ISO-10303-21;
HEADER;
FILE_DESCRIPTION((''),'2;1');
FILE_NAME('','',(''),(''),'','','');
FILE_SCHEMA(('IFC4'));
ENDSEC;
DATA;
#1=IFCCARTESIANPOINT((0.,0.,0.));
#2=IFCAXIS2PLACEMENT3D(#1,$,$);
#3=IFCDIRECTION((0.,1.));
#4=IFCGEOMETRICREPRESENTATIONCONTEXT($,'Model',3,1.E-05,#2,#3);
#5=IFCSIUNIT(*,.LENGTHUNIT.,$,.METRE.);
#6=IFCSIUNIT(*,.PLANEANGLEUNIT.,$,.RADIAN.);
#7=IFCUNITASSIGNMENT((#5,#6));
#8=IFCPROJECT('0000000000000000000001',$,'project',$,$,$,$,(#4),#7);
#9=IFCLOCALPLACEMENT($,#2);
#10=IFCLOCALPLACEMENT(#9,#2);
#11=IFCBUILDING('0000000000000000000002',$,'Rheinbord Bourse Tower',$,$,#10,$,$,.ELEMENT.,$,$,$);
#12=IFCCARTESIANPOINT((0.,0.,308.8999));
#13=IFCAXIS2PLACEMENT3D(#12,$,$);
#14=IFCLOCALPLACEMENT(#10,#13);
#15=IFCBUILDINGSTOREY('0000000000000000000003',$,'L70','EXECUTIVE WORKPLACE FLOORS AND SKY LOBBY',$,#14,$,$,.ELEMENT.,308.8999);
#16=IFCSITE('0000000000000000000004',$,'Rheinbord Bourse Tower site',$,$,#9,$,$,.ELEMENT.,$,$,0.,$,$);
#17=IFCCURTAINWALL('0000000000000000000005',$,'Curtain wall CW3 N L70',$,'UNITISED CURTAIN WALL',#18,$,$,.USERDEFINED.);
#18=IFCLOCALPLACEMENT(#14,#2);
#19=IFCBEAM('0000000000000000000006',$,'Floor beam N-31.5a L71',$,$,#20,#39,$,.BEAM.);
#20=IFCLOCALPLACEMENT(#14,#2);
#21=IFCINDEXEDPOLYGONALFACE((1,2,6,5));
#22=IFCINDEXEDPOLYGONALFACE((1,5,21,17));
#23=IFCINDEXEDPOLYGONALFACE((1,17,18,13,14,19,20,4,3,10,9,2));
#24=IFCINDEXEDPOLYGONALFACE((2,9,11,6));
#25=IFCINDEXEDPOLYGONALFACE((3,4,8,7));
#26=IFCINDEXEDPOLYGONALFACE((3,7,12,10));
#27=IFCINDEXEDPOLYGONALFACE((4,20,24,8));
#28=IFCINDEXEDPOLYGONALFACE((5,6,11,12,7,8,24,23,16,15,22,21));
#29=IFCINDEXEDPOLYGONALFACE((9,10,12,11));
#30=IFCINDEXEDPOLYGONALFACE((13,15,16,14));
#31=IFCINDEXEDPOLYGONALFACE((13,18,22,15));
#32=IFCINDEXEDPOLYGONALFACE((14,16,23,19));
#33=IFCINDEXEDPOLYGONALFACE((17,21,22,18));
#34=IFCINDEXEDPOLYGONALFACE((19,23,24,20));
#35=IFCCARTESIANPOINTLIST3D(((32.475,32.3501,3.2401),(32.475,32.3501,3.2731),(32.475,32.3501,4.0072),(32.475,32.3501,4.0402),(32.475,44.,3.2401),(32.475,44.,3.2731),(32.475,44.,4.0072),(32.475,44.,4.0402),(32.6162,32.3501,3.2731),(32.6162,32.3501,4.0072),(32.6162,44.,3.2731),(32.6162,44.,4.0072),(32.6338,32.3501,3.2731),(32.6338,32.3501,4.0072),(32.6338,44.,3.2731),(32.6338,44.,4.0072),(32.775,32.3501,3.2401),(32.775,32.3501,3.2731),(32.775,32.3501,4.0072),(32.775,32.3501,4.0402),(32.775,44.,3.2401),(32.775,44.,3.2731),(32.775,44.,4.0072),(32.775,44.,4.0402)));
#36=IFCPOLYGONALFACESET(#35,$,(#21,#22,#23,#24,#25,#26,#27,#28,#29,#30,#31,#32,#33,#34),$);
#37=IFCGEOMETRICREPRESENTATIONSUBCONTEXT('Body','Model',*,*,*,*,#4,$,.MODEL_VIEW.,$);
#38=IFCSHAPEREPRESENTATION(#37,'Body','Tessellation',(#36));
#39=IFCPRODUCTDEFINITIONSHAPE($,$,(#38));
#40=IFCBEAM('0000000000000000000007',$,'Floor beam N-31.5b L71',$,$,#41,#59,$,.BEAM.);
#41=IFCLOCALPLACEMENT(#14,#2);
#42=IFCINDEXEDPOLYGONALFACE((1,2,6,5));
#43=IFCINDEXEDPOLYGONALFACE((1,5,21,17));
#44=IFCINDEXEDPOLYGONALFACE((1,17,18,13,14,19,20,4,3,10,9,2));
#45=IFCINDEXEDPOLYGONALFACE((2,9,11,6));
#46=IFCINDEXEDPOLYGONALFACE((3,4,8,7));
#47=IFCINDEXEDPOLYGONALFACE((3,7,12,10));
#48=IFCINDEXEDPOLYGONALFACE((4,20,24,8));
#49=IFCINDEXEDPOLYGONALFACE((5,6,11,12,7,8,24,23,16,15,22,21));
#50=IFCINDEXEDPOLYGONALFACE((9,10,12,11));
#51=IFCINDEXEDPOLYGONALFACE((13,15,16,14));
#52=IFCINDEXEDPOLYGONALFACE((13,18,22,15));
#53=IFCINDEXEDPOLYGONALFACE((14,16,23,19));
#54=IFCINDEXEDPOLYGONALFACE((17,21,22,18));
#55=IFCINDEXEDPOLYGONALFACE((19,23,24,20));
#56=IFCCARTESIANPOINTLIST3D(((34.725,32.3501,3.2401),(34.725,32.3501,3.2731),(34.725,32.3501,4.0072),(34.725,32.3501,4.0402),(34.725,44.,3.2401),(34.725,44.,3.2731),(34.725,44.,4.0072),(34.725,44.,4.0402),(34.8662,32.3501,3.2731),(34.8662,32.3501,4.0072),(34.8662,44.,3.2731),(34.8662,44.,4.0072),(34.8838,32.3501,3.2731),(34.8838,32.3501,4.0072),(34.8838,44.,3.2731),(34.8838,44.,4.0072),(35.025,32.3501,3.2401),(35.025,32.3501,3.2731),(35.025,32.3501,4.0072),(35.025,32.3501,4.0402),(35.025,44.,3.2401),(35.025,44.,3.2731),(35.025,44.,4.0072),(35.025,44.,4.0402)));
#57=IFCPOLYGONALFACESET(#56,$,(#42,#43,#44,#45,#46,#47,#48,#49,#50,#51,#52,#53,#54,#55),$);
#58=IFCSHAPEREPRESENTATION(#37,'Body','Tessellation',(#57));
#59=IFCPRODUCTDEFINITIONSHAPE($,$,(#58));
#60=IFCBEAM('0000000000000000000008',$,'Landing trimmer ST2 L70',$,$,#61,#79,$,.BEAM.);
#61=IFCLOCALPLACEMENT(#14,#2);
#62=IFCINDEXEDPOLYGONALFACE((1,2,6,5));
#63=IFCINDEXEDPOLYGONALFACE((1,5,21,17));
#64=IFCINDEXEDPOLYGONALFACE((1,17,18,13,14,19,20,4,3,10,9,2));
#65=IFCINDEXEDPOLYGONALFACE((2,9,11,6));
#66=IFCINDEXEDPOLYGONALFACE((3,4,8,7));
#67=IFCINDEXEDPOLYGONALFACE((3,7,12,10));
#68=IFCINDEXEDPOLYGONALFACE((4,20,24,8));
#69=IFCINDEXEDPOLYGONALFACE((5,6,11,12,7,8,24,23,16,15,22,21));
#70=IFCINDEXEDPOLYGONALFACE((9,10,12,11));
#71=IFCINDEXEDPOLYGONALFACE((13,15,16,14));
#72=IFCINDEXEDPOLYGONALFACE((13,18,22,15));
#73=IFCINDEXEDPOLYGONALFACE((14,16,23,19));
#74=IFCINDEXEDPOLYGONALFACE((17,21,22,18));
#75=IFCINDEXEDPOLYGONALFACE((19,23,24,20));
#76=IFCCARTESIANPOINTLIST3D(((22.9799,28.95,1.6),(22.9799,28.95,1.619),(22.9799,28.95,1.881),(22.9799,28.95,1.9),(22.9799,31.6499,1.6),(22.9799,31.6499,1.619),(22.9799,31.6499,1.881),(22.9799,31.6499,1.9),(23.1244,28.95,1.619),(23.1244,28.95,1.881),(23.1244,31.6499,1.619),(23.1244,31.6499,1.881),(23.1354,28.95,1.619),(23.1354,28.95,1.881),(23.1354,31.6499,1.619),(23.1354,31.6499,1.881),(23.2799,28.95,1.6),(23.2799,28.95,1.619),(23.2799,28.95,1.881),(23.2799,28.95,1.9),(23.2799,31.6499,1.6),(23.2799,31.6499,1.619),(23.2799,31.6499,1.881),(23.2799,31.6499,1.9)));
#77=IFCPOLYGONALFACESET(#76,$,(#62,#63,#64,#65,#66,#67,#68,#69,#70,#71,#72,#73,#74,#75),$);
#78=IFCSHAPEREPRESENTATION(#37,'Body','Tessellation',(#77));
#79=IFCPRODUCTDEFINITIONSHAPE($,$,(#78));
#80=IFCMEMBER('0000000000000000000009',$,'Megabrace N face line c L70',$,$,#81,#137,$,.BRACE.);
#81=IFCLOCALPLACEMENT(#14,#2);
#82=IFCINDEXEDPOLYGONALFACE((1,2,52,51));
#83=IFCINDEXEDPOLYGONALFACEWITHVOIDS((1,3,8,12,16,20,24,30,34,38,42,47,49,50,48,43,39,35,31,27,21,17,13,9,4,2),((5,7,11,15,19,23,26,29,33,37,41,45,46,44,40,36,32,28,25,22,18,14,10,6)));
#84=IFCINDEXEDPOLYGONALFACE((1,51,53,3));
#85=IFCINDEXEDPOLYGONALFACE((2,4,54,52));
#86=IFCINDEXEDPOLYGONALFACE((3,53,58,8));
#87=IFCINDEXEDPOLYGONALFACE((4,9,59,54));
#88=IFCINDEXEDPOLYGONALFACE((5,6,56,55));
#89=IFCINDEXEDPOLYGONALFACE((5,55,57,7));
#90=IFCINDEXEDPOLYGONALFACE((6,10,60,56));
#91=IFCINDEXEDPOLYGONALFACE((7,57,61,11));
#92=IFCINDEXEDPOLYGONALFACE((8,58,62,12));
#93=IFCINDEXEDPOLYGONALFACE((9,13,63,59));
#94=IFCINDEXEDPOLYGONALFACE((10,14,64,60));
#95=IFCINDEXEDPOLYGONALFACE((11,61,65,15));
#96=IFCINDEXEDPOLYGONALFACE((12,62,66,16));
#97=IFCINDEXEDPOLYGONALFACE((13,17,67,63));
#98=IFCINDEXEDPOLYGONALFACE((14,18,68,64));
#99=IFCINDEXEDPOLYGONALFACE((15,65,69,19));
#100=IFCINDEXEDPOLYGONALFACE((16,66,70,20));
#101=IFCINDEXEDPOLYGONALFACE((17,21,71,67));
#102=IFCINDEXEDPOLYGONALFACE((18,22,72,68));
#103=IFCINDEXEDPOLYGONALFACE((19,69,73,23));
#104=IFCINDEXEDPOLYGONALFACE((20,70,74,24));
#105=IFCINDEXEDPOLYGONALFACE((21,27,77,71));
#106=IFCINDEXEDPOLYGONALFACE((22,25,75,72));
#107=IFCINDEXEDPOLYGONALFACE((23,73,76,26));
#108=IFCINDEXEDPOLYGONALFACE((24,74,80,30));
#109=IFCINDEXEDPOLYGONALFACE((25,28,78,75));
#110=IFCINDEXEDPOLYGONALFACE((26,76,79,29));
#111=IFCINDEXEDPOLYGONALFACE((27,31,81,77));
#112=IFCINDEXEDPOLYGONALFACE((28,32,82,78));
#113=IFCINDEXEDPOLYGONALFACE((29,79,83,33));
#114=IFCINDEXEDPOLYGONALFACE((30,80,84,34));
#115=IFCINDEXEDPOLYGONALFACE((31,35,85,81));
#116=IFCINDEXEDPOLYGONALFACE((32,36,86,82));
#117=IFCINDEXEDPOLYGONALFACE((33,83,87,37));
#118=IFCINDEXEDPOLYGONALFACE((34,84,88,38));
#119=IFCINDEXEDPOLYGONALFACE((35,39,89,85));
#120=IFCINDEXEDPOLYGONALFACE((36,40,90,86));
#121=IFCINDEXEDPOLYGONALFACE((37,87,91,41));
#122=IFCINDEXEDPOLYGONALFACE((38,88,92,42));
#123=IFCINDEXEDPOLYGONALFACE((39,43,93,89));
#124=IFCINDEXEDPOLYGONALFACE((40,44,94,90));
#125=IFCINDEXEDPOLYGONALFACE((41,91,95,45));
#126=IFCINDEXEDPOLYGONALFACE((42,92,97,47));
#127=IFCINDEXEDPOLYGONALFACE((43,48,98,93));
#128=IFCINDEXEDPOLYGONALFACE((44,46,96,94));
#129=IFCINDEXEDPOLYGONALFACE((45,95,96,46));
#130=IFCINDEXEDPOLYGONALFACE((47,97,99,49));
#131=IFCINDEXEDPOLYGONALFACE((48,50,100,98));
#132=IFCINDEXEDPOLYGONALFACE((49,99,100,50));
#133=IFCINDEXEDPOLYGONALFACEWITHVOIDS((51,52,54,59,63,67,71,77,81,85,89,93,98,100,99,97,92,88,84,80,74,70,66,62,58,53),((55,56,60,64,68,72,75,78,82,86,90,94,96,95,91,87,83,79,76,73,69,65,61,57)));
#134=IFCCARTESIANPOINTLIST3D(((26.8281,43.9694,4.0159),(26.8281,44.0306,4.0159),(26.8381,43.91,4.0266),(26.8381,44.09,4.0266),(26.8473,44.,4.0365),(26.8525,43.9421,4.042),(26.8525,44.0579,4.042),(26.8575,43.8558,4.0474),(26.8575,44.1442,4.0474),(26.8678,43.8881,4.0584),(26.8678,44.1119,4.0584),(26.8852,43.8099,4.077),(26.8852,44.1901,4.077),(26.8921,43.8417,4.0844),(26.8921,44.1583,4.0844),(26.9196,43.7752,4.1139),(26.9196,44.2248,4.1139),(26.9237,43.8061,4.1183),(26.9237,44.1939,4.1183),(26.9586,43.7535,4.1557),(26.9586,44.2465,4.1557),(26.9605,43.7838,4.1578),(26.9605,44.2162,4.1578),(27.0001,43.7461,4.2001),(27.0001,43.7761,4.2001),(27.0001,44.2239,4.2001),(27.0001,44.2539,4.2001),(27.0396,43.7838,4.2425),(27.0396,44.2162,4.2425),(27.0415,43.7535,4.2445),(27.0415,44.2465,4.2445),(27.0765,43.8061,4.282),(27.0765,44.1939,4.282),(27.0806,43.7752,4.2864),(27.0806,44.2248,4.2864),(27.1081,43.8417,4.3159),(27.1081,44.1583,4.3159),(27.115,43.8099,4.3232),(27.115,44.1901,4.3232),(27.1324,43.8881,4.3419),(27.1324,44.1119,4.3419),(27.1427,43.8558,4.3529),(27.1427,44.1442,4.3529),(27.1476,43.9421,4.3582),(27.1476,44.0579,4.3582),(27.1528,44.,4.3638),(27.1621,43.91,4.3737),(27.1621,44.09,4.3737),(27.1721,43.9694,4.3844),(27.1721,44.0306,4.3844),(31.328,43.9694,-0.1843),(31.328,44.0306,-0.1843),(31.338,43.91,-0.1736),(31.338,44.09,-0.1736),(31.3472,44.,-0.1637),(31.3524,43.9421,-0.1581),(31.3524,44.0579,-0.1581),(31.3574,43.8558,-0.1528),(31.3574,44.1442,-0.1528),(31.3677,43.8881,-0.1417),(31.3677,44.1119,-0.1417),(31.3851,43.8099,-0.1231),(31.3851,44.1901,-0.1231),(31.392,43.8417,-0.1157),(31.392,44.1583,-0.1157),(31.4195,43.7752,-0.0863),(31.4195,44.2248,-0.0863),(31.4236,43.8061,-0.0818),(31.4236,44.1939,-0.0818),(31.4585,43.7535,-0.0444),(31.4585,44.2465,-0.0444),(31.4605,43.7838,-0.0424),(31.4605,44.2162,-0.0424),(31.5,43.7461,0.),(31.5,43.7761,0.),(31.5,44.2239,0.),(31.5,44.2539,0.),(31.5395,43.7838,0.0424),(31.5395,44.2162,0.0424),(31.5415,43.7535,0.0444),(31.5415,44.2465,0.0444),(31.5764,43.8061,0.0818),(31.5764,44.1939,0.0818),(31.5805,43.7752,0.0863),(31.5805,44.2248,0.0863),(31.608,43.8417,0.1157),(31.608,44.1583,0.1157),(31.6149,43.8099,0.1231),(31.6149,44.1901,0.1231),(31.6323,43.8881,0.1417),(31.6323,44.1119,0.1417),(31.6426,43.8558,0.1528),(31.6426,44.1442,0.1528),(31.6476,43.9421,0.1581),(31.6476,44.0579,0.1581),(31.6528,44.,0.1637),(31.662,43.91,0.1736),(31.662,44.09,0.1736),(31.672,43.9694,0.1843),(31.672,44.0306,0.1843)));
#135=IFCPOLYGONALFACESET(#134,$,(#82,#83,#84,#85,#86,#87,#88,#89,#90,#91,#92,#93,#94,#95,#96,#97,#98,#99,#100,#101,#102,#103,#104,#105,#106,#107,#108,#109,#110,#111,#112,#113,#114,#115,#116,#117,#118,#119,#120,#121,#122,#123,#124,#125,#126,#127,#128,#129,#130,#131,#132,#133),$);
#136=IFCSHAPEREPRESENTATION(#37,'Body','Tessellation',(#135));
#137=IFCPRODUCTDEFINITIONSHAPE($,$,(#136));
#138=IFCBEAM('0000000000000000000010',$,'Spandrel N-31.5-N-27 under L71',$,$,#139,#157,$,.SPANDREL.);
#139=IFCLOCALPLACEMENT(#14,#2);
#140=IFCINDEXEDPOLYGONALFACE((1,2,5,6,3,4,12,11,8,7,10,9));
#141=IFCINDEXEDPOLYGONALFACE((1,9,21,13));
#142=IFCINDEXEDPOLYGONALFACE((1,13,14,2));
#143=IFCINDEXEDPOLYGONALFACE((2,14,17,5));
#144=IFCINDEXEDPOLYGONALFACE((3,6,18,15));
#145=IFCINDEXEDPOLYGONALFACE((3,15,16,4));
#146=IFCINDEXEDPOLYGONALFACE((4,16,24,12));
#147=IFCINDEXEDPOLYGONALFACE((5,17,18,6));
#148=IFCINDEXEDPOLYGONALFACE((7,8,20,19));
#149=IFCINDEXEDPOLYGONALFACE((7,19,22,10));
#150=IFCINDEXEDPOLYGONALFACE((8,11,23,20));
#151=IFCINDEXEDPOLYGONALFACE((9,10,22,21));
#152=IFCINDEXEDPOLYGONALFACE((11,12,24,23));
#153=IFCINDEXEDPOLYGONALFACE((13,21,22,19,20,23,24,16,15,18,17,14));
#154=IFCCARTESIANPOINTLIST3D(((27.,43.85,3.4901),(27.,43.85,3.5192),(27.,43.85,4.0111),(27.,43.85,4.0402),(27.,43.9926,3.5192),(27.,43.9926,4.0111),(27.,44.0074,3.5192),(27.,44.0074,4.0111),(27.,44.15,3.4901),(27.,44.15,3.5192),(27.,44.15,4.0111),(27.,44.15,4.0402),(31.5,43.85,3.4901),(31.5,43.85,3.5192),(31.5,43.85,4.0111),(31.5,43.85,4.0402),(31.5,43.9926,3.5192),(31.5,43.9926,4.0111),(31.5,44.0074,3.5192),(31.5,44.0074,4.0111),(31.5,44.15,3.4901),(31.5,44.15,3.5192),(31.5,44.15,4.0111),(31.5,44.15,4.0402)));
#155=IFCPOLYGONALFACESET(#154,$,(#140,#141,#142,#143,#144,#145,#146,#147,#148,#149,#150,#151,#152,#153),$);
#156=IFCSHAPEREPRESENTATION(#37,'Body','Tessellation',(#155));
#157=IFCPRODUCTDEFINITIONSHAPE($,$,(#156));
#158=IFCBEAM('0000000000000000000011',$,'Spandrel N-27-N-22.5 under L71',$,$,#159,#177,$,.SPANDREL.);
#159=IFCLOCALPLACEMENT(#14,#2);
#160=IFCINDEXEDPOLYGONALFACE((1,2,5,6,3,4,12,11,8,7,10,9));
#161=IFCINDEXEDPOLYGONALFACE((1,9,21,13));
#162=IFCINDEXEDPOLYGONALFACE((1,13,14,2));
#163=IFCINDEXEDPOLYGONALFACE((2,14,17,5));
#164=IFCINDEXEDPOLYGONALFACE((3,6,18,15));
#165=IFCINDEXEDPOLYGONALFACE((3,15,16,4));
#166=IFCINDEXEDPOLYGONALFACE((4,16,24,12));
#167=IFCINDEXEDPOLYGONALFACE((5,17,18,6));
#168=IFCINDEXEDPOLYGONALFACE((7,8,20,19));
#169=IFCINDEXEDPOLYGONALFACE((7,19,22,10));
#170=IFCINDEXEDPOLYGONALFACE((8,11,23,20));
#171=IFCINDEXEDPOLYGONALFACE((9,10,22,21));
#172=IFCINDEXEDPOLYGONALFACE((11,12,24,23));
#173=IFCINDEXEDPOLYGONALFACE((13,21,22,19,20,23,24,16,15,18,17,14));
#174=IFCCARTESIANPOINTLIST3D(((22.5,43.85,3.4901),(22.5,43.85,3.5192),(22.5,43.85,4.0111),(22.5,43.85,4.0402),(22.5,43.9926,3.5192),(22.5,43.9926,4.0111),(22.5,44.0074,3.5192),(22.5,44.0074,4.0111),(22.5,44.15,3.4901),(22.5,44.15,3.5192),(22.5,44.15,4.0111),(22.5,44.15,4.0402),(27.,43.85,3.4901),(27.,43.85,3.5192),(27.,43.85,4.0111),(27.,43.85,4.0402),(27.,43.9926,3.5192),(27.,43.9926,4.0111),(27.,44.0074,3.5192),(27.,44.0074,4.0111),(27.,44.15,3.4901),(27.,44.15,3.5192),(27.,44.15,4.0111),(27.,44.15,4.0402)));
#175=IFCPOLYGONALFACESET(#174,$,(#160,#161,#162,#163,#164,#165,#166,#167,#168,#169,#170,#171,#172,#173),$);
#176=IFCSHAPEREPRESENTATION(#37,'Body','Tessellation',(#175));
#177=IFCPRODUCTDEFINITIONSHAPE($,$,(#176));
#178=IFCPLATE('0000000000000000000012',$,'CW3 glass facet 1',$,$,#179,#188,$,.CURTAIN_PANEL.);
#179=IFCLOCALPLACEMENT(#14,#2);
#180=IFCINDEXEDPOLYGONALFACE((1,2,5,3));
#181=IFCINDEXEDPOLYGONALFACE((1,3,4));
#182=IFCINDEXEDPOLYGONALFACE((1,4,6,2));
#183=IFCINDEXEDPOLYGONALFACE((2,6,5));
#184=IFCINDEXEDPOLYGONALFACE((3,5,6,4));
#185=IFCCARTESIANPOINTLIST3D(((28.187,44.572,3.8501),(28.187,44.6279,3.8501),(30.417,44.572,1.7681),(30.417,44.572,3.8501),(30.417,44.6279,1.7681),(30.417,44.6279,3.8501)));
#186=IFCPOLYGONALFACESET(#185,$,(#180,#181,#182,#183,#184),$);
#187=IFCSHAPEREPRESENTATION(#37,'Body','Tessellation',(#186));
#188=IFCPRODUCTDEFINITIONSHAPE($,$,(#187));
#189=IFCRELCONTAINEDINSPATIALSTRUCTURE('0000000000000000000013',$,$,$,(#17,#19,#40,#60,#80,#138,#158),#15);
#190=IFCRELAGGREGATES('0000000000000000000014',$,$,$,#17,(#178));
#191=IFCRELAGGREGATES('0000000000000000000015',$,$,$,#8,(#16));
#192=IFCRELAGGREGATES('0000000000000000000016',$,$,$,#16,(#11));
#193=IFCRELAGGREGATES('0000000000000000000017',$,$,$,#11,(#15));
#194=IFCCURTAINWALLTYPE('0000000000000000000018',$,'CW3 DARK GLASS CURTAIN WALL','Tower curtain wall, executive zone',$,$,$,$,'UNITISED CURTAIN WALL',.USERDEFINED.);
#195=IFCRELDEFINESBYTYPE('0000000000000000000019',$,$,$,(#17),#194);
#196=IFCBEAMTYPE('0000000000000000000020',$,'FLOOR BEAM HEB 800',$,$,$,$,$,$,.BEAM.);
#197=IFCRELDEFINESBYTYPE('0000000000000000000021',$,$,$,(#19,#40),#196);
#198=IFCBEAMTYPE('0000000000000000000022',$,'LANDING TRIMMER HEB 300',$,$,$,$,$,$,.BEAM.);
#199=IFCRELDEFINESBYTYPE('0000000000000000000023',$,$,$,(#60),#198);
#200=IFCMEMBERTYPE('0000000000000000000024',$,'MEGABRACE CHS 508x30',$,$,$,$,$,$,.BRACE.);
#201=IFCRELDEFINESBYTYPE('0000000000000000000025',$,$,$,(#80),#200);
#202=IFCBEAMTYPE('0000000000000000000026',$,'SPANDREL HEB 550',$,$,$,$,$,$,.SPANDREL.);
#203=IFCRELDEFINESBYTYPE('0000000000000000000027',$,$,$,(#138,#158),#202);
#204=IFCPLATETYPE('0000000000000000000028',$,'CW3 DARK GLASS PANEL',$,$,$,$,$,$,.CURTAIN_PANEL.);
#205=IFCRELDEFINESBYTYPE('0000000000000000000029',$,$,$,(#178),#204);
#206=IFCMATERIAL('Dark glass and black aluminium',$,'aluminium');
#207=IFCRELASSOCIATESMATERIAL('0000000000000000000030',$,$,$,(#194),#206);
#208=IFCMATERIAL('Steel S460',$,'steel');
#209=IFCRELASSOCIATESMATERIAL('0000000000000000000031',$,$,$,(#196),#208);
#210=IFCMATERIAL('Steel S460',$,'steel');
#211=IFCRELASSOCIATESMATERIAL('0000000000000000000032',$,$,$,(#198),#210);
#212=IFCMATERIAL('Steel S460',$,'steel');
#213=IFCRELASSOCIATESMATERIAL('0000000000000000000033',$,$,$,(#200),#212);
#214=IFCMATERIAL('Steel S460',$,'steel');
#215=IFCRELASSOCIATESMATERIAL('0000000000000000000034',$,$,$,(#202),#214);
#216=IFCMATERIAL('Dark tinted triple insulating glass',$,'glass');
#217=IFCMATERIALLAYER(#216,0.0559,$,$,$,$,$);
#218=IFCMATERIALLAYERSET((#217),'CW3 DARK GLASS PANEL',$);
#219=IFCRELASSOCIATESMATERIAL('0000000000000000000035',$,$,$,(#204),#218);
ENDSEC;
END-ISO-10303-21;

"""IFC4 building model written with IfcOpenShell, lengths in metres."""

from ifc_helpers import new_model, si_unit, direction, frame, origin, origin_2d, place, context, subcontext, project, spatial, polyline, hollow_circle, i_section, outline, extrude, material, layer, layer_set, material_profile, profile_set, type_object, element, aggregate, save


model = new_model("IFC4")

# Units and contexts
model_context = context("Model", 3, precision=1e-05, world=origin(), true_north=direction((0.0, 1.0)))
body_context = subcontext(model_context, "Body", "Model", "MODEL_VIEW")
ifc_project = project(units=[si_unit("LENGTHUNIT", "METRE"), si_unit("PLANEANGLEUNIT", "RADIAN")], contexts=[model_context])

# Site, building, storey
site_placement = place(None, origin())
site = spatial("IfcSite", under=ifc_project, at=site_placement, Name="Rheinbord Bourse Tower site", CompositionType="ELEMENT", RefElevation=0.0)
building_placement = place(site_placement, origin())
building = spatial("IfcBuilding", under=site, at=building_placement, Name="Rheinbord Bourse Tower", CompositionType="ELEMENT")
storey_placement = place(building_placement, frame((0.0, 0.0, 308.8999)))
storey = spatial("IfcBuildingStorey", under=building, at=storey_placement, Name="L70", Description="EXECUTIVE WORKPLACE FLOORS AND SKY LOBBY", CompositionType="ELEMENT", Elevation=308.8999)

# Curtain wall
ifc_material_1 = material(Name="Dark glass and black aluminium", Category="aluminium")
curtain_wall_type = type_object("IfcCurtainWallType", Name="CW3 DARK GLASS CURTAIN WALL", Description="Tower curtain wall, executive zone", ElementType="UNITISED CURTAIN WALL", PredefinedType="USERDEFINED", material=ifc_material_1)
curtain_wall_placement = place(storey_placement, origin())
curtain_wall = element("IfcCurtainWall", 1, at=curtain_wall_placement, inside=storey, type_object=curtain_wall_type, Name="Curtain wall CW3 N L70", ObjectType="UNITISED CURTAIN WALL", PredefinedType="USERDEFINED")

# Beams
ifc_material_2 = material(Name="Steel S460", Category="steel")
ifc_material_profile_1 = material_profile(ifc_material_2, i_section(OverallWidth=0.3, OverallDepth=0.8, WebThickness=0.0176, FlangeThickness=0.033, at=origin_2d()), Name="HEB 800")
ifc_profile_set_1 = profile_set([ifc_material_profile_1], Name="Steel S460")
beam_type_1 = type_object("IfcBeamType", Name="FLOOR BEAM HEB 800", PredefinedType="BEAM", material=ifc_profile_set_1)
for number, where, z_axis, x_axis, name in (
    (2, (32.625, 44.0, 3.6401), (0.0, -1.0, 0.0), (1.0, 0.0, 0.0), "Floor beam N-31.5a L71"),
    (3, (34.875, 44.0, 3.6401), (0.0, -1.0, 0.0), (1.0, 0.0, 0.0), "Floor beam N-31.5b L71"),
):
    element("IfcBeam", number, at=place(storey_placement, frame(where, z_axis=z_axis, x_axis=x_axis)), inside=storey, type_object=beam_type_1, Name=name, PredefinedType="BEAM", context=body_context, shape_type="SweptSolid", body=[
        extrude(i_section(OverallWidth=0.3, OverallDepth=0.8, WebThickness=0.0176, FlangeThickness=0.033, at=origin_2d()), origin(), (0.0, 0.0, 1.0), 11.6499),
    ])
ifc_material_3 = material(Name="Steel S460", Category="steel")
ifc_material_profile_2 = material_profile(ifc_material_3, i_section(OverallWidth=0.3, OverallDepth=0.3, WebThickness=0.011, FlangeThickness=0.019, at=origin_2d()), Name="HEB 300")
ifc_profile_set_2 = profile_set([ifc_material_profile_2], Name="Steel S460")
beam_type_2 = type_object("IfcBeamType", Name="LANDING TRIMMER HEB 300", PredefinedType="BEAM", material=ifc_profile_set_2)
beam_placement = place(storey_placement, frame((23.1299, 28.95, 1.75), z_axis=(0.0, 1.0, 0.0), x_axis=(-1.0, 0.0, 0.0)))
element("IfcBeam", 4, at=beam_placement, inside=storey, type_object=beam_type_2, Name="Landing trimmer ST2 L70", PredefinedType="BEAM", context=body_context, shape_type="SweptSolid", body=[
    extrude(i_section(OverallWidth=0.3, OverallDepth=0.3, WebThickness=0.011, FlangeThickness=0.019, at=origin_2d()), origin(), (0.0, 0.0, 1.0), 2.7),
])

# Member
ifc_material_4 = material(Name="Steel S460", Category="steel")
ifc_material_profile_3 = material_profile(ifc_material_4, hollow_circle(Radius=0.2539, WallThickness=0.03, at=origin_2d()), Name="CHS 508x30")
ifc_profile_set_3 = profile_set([ifc_material_profile_3], Name="Steel S460")
member_type_1 = type_object("IfcMemberType", Name="MEGABRACE CHS 508x30", PredefinedType="BRACE", material=ifc_profile_set_3)
member_1_placement = place(storey_placement, frame((31.5, 44.0, 0.0), z_axis=(-0.731039, 0.0, 0.682335), x_axis=(0.0, -1.0, 0.0)))
element("IfcMember", 5, at=member_1_placement, inside=storey, type_object=member_type_1, Name="Megabrace N face line c L70", PredefinedType="BRACE", context=body_context, shape_type="SweptSolid", body=[
    extrude(hollow_circle(Radius=0.2539, WallThickness=0.03, at=origin_2d()), origin(), (0.0, 0.0, 1.0), 6.1555),
])

# Beams
ifc_material_5 = material(Name="Steel S460", Category="steel")
ifc_material_profile_4 = material_profile(ifc_material_5, i_section(OverallWidth=0.3, OverallDepth=0.55, WebThickness=0.0149, FlangeThickness=0.0291, at=origin_2d()), Name="HEB 550")
ifc_profile_set_4 = profile_set([ifc_material_profile_4], Name="Steel S460")
beam_type_3 = type_object("IfcBeamType", Name="SPANDREL HEB 550", PredefinedType="SPANDREL", material=ifc_profile_set_4)
for number, where, z_axis, x_axis, name in (
    (6, (31.5, 44.0, 3.7651), (-1.0, 0.0, 0.0), (0.0, -1.0, 0.0), "Spandrel N-31.5-N-27 under L71"),
    (7, (27.0, 44.0, 3.7651), (-1.0, 0.0, 0.0), (0.0, -1.0, 0.0), "Spandrel N-27-N-22.5 under L71"),
):
    element("IfcBeam", number, at=place(storey_placement, frame(where, z_axis=z_axis, x_axis=x_axis)), inside=storey, type_object=beam_type_3, Name=name, PredefinedType="SPANDREL", context=body_context, shape_type="SweptSolid", body=[
        extrude(i_section(OverallWidth=0.3, OverallDepth=0.55, WebThickness=0.0149, FlangeThickness=0.0291, at=origin_2d()), origin(), (0.0, 0.0, 1.0), 4.5),
    ])

# Plate
ifc_material_6 = material(Name="Dark tinted triple insulating glass", Category="glass")
ifc_layer_1 = layer(ifc_material_6, 0.0559)
ifc_layer_set_1 = layer_set([ifc_layer_1], Name="CW3 DARK GLASS PANEL")
plate_type = type_object("IfcPlateType", Name="CW3 DARK GLASS PANEL", PredefinedType="CURTAIN_PANEL", material=ifc_layer_set_1)
plate_placement = place(storey_placement, frame((30.417, 44.6279, 3.8501), z_axis=(0.0, -1.0, 0.0), x_axis=(-1.0, 0.0, 0.0)))
plate = element("IfcPlate", 8, at=plate_placement, type_object=plate_type, Name="CW3 glass facet 1", PredefinedType="CURTAIN_PANEL", context=body_context, shape_type="SweptSolid", body=[
    extrude(outline(polyline([(0.0, 0.0), (2.23, 0.0), (0.0, 2.082), (0.0, 0.0)])), origin(), (0.0, 0.0, 1.0), 0.0559),
])
aggregate(curtain_wall, [plate])

save(model, "model.ifc")
